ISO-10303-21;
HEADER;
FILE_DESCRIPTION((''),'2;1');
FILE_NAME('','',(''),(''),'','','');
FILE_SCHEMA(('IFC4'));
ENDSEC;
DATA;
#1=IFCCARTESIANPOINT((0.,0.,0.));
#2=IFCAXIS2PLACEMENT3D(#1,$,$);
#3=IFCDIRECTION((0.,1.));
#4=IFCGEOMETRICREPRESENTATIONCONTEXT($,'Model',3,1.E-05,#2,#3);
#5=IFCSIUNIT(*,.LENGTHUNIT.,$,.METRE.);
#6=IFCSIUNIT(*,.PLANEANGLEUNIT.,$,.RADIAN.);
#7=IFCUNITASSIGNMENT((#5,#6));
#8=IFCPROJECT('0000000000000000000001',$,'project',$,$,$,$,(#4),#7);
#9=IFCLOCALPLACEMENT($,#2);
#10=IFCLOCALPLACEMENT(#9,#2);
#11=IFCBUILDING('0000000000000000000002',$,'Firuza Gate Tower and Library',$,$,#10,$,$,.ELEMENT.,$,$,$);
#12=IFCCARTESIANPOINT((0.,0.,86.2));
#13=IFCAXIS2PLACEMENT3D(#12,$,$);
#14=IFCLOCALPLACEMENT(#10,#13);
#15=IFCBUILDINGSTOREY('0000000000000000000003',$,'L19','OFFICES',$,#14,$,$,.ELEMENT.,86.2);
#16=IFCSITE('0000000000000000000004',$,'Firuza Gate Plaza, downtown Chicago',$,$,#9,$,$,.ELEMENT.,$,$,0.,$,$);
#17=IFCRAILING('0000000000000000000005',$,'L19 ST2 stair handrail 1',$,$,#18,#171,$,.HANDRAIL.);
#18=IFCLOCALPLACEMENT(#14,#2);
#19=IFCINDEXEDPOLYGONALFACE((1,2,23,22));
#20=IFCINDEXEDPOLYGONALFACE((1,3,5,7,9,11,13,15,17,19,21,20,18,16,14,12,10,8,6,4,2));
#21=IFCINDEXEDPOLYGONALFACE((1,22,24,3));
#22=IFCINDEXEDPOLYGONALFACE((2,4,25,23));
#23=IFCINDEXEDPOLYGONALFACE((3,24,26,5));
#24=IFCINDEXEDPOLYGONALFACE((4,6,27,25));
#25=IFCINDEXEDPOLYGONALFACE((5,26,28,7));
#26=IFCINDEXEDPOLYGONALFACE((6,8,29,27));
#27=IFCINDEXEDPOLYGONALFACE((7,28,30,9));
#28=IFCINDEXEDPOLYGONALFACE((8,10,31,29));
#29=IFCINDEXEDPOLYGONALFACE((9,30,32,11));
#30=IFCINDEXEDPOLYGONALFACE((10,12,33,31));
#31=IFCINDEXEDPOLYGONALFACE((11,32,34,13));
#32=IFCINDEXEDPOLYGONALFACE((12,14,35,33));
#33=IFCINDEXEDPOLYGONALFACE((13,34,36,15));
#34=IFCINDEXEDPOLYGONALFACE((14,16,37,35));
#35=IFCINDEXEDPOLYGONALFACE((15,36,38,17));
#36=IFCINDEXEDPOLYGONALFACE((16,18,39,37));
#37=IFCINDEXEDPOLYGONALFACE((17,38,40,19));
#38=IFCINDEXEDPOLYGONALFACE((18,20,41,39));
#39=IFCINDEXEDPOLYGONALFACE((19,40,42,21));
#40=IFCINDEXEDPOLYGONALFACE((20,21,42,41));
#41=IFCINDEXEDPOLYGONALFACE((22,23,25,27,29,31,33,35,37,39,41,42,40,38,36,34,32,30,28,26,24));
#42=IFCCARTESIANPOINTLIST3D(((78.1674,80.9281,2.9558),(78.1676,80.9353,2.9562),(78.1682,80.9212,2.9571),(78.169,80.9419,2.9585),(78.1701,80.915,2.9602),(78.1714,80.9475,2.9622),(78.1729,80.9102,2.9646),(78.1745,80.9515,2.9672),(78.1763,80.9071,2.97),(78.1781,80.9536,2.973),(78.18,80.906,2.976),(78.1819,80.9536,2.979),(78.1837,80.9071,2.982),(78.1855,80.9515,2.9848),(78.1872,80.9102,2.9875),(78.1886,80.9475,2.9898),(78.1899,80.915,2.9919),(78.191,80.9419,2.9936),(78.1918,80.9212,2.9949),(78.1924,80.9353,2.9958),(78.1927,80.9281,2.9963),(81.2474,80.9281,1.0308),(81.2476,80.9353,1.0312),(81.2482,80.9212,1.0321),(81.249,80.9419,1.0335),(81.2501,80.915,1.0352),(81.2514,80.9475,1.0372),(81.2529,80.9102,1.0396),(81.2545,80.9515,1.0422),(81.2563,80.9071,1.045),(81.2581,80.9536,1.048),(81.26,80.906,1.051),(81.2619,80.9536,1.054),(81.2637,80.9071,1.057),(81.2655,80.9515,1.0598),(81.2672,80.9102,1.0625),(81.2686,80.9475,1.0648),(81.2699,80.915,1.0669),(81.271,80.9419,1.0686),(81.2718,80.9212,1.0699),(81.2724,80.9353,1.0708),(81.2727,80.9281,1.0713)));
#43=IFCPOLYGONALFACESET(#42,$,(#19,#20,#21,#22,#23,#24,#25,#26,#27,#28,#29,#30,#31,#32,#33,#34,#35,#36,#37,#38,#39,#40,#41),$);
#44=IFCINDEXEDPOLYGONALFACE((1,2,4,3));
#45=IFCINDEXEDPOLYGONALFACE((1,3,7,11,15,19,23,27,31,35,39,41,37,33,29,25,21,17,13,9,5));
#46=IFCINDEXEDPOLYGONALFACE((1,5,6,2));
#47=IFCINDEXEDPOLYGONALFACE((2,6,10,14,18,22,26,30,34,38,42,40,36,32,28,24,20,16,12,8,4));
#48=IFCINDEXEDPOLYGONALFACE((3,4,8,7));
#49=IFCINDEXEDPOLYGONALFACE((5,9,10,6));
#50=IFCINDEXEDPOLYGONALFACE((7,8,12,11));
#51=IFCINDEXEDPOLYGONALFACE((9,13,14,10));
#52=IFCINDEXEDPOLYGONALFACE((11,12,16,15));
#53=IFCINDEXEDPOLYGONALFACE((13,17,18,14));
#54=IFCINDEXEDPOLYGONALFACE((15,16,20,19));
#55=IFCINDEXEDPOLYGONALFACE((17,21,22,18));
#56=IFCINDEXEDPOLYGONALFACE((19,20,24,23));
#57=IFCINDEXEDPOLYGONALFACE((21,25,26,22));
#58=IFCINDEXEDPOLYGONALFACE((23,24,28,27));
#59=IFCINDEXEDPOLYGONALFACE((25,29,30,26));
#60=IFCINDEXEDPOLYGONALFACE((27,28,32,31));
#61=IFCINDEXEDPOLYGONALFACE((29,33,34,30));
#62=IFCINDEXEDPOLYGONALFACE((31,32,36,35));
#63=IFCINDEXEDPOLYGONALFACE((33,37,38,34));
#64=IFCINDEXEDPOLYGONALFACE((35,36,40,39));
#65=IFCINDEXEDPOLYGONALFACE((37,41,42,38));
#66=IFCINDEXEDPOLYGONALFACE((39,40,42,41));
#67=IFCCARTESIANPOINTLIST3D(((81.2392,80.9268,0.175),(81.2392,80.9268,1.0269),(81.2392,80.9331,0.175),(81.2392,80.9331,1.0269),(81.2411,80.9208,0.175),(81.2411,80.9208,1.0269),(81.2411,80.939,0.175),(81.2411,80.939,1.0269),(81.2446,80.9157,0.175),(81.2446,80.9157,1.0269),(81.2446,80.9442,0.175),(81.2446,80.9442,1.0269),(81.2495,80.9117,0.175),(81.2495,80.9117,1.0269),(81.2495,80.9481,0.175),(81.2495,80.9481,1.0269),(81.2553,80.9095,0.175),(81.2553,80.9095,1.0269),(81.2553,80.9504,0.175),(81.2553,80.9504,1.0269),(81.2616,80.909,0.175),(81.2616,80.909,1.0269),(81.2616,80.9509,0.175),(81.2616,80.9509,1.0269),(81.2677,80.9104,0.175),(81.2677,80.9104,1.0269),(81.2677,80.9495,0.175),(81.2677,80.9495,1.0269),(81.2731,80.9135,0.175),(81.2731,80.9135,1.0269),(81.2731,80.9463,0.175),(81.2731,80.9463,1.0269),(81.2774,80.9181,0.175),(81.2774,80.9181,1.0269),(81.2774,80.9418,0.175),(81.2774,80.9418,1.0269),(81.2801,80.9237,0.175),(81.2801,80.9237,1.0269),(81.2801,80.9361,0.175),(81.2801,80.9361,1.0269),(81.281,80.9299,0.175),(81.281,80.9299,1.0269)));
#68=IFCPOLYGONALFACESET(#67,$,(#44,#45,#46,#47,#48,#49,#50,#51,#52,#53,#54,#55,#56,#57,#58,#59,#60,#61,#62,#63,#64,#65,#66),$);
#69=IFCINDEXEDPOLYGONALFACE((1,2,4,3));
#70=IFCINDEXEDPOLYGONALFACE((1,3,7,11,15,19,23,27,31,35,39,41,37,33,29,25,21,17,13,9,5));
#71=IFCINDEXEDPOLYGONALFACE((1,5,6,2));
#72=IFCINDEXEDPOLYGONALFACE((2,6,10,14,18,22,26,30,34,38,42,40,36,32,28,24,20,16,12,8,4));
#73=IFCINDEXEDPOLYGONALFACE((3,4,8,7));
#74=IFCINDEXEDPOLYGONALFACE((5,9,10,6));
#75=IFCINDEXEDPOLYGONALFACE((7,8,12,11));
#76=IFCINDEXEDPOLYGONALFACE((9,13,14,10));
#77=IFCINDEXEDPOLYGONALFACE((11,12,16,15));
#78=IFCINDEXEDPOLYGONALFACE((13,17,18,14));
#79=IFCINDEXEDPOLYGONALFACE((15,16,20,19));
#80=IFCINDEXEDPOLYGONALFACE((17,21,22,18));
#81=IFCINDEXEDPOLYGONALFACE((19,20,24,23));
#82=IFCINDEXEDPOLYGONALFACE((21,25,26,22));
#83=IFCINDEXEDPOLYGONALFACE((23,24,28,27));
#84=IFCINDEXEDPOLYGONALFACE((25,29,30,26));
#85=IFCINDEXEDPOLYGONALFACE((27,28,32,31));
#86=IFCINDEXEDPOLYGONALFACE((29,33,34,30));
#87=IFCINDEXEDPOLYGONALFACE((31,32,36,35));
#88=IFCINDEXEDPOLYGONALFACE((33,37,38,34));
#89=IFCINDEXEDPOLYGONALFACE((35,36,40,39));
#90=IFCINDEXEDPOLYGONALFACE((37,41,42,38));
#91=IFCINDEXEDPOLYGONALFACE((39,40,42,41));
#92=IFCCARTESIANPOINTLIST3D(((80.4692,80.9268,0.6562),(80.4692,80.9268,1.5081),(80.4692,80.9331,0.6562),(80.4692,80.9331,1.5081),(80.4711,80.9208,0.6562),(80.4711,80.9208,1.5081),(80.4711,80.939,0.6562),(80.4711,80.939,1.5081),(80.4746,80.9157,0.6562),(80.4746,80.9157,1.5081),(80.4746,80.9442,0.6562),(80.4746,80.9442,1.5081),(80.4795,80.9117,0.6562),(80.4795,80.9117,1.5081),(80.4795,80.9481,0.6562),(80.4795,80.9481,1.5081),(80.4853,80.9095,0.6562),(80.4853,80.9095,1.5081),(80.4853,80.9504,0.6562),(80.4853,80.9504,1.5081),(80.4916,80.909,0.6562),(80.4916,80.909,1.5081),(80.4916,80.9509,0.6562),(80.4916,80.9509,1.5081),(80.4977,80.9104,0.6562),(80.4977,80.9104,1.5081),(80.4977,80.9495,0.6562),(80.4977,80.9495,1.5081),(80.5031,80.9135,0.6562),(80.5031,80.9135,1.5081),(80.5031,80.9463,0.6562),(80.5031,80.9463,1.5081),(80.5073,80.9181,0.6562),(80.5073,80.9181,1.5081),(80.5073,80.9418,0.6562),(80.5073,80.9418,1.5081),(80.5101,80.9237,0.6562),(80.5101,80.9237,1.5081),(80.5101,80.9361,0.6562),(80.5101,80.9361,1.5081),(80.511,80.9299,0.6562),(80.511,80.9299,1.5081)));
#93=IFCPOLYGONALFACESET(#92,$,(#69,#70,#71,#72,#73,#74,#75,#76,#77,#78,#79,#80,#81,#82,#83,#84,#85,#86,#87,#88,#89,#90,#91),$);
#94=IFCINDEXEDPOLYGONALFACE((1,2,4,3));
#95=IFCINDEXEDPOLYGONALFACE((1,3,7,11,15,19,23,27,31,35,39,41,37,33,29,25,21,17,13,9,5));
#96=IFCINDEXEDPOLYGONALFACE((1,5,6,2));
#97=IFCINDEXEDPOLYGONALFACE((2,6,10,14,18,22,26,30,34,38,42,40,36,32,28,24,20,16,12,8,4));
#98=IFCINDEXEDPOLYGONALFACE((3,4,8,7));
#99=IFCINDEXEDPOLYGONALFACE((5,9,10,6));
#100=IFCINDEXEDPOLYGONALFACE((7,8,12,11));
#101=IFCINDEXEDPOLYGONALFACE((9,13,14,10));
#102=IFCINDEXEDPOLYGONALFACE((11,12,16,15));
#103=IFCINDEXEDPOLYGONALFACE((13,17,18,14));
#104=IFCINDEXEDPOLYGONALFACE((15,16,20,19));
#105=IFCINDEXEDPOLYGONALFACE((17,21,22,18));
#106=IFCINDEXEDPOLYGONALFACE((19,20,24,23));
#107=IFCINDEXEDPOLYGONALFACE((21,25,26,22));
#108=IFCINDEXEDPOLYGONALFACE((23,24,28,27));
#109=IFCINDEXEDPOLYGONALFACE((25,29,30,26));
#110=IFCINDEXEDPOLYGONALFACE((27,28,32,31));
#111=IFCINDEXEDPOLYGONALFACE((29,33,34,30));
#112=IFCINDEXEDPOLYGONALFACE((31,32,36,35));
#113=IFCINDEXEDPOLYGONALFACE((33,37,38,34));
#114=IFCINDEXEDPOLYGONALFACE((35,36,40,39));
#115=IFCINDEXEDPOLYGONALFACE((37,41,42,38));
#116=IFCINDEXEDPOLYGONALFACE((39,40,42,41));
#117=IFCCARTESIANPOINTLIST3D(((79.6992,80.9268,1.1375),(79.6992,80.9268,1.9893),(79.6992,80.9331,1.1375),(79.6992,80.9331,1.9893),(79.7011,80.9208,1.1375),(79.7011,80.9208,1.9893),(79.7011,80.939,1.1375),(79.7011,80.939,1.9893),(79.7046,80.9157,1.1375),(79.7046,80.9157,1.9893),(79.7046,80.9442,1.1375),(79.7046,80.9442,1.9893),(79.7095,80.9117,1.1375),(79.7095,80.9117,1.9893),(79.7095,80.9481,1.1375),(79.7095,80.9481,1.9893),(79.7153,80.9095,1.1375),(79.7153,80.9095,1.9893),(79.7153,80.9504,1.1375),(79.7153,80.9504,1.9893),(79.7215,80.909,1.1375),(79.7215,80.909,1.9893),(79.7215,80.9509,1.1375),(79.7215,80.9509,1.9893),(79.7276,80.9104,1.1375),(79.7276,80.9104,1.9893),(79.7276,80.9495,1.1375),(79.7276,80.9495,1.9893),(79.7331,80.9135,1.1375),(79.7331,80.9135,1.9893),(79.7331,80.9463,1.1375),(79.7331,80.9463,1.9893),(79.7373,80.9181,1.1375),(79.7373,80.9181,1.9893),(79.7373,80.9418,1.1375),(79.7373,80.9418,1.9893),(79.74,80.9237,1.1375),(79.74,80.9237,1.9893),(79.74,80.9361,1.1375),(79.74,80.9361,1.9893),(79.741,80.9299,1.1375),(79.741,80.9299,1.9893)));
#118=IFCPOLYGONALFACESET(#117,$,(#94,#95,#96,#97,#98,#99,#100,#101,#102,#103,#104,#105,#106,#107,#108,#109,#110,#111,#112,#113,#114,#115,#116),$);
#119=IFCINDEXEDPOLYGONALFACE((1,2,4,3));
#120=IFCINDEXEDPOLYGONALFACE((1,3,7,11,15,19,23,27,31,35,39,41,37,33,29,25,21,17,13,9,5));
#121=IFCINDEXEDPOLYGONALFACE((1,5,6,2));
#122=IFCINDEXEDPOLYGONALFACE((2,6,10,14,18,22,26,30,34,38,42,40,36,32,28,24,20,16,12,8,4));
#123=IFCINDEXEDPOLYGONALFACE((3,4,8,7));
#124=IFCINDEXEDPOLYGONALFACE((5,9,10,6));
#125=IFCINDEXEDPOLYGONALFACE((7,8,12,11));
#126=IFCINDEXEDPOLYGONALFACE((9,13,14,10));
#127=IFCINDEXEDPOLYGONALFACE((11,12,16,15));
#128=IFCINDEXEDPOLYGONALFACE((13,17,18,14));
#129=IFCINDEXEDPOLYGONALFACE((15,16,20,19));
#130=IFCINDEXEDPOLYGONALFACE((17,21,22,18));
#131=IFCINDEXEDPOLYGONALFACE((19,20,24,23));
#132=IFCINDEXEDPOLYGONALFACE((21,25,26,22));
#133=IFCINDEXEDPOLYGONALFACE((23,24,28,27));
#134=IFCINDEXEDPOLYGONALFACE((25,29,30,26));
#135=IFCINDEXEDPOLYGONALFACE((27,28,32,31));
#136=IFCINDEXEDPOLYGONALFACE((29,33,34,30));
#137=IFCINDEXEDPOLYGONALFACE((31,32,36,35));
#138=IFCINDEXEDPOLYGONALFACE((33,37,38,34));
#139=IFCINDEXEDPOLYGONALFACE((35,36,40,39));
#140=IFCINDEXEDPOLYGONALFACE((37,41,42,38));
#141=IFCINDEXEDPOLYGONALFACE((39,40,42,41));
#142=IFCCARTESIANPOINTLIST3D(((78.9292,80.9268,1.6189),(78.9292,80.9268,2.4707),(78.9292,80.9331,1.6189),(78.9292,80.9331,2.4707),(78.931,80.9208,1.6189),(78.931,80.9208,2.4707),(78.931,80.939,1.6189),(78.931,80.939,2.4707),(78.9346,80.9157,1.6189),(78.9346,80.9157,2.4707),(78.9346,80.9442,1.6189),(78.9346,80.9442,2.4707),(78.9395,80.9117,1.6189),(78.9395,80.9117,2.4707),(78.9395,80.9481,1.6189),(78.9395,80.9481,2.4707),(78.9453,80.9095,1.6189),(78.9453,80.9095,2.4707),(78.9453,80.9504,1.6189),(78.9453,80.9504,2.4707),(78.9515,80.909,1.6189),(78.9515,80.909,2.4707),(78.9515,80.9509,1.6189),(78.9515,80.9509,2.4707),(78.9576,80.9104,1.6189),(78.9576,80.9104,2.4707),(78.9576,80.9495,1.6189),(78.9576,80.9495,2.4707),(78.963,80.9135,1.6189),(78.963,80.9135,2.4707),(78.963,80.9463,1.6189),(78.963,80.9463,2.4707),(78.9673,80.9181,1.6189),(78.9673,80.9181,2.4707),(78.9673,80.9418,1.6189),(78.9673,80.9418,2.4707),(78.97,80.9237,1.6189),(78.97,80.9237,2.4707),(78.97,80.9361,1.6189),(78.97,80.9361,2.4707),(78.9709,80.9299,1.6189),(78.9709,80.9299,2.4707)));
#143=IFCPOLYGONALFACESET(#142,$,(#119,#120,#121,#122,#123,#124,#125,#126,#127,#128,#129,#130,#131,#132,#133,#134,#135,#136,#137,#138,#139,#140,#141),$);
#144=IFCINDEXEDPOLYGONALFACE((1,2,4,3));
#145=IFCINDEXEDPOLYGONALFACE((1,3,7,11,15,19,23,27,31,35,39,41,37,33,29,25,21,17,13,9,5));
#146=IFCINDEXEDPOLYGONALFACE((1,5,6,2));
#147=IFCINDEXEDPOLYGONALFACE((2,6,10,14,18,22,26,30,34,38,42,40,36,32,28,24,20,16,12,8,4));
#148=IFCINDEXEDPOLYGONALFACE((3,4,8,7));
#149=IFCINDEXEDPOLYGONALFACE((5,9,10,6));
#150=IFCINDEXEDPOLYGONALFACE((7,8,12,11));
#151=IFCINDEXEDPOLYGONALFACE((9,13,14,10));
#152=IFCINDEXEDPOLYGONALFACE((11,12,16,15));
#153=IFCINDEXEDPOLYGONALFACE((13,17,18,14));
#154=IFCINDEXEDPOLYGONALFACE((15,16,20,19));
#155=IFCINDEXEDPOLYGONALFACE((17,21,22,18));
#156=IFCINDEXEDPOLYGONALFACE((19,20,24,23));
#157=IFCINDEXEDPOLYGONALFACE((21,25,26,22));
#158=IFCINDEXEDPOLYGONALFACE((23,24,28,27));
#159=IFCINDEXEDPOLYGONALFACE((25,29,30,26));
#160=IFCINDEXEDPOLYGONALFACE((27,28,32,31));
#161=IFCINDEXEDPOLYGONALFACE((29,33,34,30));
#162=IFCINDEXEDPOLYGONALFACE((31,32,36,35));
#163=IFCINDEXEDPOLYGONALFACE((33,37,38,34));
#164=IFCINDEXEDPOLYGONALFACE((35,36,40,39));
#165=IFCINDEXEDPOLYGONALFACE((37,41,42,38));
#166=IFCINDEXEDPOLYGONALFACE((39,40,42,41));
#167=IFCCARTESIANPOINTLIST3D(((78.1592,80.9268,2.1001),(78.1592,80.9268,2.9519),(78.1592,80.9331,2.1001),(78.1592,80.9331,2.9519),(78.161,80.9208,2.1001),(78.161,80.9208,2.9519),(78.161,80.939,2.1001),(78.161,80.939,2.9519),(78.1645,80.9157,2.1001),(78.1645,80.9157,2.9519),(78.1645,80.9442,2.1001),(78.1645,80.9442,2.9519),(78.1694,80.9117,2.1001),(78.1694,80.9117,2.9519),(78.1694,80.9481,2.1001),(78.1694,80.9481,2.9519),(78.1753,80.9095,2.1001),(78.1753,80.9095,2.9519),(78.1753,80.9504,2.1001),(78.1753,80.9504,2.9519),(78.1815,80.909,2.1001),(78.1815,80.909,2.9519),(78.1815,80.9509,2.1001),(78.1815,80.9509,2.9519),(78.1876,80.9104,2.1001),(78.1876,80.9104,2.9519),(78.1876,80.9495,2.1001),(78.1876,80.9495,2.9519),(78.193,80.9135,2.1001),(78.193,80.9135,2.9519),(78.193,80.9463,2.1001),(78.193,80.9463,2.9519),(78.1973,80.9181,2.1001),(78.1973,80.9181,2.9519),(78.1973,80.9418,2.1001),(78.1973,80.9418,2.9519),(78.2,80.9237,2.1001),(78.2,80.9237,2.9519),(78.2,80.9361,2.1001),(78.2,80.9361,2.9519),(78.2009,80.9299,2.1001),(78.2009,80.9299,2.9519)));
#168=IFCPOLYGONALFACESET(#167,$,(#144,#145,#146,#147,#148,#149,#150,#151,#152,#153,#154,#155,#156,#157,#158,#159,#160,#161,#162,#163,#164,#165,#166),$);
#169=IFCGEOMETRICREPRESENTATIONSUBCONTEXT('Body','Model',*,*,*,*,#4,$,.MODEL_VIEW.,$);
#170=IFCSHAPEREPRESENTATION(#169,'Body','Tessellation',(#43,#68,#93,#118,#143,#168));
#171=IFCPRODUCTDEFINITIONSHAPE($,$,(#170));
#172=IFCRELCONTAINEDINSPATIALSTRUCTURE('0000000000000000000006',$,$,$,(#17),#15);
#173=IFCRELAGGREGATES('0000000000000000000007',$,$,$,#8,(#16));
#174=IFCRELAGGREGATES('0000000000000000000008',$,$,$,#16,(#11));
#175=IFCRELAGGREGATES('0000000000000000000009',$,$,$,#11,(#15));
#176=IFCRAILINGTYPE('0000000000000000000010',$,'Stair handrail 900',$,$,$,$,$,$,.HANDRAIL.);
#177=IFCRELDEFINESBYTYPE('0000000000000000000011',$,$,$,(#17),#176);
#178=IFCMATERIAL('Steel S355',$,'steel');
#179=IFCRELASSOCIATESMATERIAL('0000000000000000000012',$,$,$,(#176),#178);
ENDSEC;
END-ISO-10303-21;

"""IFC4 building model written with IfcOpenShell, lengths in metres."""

from ifc_helpers import new_model, si_unit, direction, frame, origin, origin_2d, place, context, subcontext, project, spatial, circle, extrude, material, type_object, element, save


model = new_model("IFC4")

# Units and contexts
model_context = context("Model", 3, precision=1e-05, world=origin(), true_north=direction((0.0, 1.0)))
body_context = subcontext(model_context, "Body", "Model", "MODEL_VIEW")
ifc_project = project(units=[si_unit("LENGTHUNIT", "METRE"), si_unit("PLANEANGLEUNIT", "RADIAN")], contexts=[model_context])

# Site, building, storey
site_placement = place(None, origin())
site = spatial("IfcSite", under=ifc_project, at=site_placement, Name="Firuza Gate Plaza, downtown Chicago", CompositionType="ELEMENT", RefElevation=0.0)
building_placement = place(site_placement, origin())
building = spatial("IfcBuilding", under=site, at=building_placement, Name="Firuza Gate Tower and Library", CompositionType="ELEMENT")
storey_placement = place(building_placement, frame((0.0, 0.0, 86.2)))
storey = spatial("IfcBuildingStorey", under=building, at=storey_placement, Name="L19", Description="OFFICES", CompositionType="ELEMENT", Elevation=86.2)

# Railing
ifc_material_1 = material(Name="Steel S355", Category="steel")
railing_type_1 = type_object("IfcRailingType", Name="Stair handrail 900", PredefinedType="HANDRAIL", material=ifc_material_1)
railing_1_placement = place(storey_placement, frame((81.26, 80.9299, 0.175)))
element("IfcRailing", 1, at=railing_1_placement, inside=storey, type_object=railing_type_1, Name="L19 ST2 stair handrail 1", PredefinedType="HANDRAIL", context=body_context, shape_type="SweptSolid", body=[
    extrude(circle(Radius=0.0239, at=origin_2d()), frame((0.0, 0.0, 0.876), z_axis=(-0.847998, 0.0, 0.529999), x_axis=(0.0, -1.0, 0.0)), (0.0, 0.0, 1.0), 3.6321),
    extrude(circle(Radius=0.021, at=origin_2d()), origin(), (0.0, 0.0, 1.0), 0.8518),
    extrude(circle(Radius=0.021, at=origin_2d()), frame((-0.77, 0.0, 0.4812)), (0.0, 0.0, 1.0), 0.8518),
    extrude(circle(Radius=0.021, at=origin_2d()), frame((-1.54, 0.0, 0.9624)), (0.0, 0.0, 1.0), 0.8518),
    extrude(circle(Radius=0.021, at=origin_2d()), frame((-2.3101, 0.0, 1.4438)), (0.0, 0.0, 1.0), 0.8518),
    extrude(circle(Radius=0.021, at=origin_2d()), frame((-3.0801, 0.0, 1.925)), (0.0, 0.0, 1.0), 0.8518),
])

save(model, "model.ifc")
